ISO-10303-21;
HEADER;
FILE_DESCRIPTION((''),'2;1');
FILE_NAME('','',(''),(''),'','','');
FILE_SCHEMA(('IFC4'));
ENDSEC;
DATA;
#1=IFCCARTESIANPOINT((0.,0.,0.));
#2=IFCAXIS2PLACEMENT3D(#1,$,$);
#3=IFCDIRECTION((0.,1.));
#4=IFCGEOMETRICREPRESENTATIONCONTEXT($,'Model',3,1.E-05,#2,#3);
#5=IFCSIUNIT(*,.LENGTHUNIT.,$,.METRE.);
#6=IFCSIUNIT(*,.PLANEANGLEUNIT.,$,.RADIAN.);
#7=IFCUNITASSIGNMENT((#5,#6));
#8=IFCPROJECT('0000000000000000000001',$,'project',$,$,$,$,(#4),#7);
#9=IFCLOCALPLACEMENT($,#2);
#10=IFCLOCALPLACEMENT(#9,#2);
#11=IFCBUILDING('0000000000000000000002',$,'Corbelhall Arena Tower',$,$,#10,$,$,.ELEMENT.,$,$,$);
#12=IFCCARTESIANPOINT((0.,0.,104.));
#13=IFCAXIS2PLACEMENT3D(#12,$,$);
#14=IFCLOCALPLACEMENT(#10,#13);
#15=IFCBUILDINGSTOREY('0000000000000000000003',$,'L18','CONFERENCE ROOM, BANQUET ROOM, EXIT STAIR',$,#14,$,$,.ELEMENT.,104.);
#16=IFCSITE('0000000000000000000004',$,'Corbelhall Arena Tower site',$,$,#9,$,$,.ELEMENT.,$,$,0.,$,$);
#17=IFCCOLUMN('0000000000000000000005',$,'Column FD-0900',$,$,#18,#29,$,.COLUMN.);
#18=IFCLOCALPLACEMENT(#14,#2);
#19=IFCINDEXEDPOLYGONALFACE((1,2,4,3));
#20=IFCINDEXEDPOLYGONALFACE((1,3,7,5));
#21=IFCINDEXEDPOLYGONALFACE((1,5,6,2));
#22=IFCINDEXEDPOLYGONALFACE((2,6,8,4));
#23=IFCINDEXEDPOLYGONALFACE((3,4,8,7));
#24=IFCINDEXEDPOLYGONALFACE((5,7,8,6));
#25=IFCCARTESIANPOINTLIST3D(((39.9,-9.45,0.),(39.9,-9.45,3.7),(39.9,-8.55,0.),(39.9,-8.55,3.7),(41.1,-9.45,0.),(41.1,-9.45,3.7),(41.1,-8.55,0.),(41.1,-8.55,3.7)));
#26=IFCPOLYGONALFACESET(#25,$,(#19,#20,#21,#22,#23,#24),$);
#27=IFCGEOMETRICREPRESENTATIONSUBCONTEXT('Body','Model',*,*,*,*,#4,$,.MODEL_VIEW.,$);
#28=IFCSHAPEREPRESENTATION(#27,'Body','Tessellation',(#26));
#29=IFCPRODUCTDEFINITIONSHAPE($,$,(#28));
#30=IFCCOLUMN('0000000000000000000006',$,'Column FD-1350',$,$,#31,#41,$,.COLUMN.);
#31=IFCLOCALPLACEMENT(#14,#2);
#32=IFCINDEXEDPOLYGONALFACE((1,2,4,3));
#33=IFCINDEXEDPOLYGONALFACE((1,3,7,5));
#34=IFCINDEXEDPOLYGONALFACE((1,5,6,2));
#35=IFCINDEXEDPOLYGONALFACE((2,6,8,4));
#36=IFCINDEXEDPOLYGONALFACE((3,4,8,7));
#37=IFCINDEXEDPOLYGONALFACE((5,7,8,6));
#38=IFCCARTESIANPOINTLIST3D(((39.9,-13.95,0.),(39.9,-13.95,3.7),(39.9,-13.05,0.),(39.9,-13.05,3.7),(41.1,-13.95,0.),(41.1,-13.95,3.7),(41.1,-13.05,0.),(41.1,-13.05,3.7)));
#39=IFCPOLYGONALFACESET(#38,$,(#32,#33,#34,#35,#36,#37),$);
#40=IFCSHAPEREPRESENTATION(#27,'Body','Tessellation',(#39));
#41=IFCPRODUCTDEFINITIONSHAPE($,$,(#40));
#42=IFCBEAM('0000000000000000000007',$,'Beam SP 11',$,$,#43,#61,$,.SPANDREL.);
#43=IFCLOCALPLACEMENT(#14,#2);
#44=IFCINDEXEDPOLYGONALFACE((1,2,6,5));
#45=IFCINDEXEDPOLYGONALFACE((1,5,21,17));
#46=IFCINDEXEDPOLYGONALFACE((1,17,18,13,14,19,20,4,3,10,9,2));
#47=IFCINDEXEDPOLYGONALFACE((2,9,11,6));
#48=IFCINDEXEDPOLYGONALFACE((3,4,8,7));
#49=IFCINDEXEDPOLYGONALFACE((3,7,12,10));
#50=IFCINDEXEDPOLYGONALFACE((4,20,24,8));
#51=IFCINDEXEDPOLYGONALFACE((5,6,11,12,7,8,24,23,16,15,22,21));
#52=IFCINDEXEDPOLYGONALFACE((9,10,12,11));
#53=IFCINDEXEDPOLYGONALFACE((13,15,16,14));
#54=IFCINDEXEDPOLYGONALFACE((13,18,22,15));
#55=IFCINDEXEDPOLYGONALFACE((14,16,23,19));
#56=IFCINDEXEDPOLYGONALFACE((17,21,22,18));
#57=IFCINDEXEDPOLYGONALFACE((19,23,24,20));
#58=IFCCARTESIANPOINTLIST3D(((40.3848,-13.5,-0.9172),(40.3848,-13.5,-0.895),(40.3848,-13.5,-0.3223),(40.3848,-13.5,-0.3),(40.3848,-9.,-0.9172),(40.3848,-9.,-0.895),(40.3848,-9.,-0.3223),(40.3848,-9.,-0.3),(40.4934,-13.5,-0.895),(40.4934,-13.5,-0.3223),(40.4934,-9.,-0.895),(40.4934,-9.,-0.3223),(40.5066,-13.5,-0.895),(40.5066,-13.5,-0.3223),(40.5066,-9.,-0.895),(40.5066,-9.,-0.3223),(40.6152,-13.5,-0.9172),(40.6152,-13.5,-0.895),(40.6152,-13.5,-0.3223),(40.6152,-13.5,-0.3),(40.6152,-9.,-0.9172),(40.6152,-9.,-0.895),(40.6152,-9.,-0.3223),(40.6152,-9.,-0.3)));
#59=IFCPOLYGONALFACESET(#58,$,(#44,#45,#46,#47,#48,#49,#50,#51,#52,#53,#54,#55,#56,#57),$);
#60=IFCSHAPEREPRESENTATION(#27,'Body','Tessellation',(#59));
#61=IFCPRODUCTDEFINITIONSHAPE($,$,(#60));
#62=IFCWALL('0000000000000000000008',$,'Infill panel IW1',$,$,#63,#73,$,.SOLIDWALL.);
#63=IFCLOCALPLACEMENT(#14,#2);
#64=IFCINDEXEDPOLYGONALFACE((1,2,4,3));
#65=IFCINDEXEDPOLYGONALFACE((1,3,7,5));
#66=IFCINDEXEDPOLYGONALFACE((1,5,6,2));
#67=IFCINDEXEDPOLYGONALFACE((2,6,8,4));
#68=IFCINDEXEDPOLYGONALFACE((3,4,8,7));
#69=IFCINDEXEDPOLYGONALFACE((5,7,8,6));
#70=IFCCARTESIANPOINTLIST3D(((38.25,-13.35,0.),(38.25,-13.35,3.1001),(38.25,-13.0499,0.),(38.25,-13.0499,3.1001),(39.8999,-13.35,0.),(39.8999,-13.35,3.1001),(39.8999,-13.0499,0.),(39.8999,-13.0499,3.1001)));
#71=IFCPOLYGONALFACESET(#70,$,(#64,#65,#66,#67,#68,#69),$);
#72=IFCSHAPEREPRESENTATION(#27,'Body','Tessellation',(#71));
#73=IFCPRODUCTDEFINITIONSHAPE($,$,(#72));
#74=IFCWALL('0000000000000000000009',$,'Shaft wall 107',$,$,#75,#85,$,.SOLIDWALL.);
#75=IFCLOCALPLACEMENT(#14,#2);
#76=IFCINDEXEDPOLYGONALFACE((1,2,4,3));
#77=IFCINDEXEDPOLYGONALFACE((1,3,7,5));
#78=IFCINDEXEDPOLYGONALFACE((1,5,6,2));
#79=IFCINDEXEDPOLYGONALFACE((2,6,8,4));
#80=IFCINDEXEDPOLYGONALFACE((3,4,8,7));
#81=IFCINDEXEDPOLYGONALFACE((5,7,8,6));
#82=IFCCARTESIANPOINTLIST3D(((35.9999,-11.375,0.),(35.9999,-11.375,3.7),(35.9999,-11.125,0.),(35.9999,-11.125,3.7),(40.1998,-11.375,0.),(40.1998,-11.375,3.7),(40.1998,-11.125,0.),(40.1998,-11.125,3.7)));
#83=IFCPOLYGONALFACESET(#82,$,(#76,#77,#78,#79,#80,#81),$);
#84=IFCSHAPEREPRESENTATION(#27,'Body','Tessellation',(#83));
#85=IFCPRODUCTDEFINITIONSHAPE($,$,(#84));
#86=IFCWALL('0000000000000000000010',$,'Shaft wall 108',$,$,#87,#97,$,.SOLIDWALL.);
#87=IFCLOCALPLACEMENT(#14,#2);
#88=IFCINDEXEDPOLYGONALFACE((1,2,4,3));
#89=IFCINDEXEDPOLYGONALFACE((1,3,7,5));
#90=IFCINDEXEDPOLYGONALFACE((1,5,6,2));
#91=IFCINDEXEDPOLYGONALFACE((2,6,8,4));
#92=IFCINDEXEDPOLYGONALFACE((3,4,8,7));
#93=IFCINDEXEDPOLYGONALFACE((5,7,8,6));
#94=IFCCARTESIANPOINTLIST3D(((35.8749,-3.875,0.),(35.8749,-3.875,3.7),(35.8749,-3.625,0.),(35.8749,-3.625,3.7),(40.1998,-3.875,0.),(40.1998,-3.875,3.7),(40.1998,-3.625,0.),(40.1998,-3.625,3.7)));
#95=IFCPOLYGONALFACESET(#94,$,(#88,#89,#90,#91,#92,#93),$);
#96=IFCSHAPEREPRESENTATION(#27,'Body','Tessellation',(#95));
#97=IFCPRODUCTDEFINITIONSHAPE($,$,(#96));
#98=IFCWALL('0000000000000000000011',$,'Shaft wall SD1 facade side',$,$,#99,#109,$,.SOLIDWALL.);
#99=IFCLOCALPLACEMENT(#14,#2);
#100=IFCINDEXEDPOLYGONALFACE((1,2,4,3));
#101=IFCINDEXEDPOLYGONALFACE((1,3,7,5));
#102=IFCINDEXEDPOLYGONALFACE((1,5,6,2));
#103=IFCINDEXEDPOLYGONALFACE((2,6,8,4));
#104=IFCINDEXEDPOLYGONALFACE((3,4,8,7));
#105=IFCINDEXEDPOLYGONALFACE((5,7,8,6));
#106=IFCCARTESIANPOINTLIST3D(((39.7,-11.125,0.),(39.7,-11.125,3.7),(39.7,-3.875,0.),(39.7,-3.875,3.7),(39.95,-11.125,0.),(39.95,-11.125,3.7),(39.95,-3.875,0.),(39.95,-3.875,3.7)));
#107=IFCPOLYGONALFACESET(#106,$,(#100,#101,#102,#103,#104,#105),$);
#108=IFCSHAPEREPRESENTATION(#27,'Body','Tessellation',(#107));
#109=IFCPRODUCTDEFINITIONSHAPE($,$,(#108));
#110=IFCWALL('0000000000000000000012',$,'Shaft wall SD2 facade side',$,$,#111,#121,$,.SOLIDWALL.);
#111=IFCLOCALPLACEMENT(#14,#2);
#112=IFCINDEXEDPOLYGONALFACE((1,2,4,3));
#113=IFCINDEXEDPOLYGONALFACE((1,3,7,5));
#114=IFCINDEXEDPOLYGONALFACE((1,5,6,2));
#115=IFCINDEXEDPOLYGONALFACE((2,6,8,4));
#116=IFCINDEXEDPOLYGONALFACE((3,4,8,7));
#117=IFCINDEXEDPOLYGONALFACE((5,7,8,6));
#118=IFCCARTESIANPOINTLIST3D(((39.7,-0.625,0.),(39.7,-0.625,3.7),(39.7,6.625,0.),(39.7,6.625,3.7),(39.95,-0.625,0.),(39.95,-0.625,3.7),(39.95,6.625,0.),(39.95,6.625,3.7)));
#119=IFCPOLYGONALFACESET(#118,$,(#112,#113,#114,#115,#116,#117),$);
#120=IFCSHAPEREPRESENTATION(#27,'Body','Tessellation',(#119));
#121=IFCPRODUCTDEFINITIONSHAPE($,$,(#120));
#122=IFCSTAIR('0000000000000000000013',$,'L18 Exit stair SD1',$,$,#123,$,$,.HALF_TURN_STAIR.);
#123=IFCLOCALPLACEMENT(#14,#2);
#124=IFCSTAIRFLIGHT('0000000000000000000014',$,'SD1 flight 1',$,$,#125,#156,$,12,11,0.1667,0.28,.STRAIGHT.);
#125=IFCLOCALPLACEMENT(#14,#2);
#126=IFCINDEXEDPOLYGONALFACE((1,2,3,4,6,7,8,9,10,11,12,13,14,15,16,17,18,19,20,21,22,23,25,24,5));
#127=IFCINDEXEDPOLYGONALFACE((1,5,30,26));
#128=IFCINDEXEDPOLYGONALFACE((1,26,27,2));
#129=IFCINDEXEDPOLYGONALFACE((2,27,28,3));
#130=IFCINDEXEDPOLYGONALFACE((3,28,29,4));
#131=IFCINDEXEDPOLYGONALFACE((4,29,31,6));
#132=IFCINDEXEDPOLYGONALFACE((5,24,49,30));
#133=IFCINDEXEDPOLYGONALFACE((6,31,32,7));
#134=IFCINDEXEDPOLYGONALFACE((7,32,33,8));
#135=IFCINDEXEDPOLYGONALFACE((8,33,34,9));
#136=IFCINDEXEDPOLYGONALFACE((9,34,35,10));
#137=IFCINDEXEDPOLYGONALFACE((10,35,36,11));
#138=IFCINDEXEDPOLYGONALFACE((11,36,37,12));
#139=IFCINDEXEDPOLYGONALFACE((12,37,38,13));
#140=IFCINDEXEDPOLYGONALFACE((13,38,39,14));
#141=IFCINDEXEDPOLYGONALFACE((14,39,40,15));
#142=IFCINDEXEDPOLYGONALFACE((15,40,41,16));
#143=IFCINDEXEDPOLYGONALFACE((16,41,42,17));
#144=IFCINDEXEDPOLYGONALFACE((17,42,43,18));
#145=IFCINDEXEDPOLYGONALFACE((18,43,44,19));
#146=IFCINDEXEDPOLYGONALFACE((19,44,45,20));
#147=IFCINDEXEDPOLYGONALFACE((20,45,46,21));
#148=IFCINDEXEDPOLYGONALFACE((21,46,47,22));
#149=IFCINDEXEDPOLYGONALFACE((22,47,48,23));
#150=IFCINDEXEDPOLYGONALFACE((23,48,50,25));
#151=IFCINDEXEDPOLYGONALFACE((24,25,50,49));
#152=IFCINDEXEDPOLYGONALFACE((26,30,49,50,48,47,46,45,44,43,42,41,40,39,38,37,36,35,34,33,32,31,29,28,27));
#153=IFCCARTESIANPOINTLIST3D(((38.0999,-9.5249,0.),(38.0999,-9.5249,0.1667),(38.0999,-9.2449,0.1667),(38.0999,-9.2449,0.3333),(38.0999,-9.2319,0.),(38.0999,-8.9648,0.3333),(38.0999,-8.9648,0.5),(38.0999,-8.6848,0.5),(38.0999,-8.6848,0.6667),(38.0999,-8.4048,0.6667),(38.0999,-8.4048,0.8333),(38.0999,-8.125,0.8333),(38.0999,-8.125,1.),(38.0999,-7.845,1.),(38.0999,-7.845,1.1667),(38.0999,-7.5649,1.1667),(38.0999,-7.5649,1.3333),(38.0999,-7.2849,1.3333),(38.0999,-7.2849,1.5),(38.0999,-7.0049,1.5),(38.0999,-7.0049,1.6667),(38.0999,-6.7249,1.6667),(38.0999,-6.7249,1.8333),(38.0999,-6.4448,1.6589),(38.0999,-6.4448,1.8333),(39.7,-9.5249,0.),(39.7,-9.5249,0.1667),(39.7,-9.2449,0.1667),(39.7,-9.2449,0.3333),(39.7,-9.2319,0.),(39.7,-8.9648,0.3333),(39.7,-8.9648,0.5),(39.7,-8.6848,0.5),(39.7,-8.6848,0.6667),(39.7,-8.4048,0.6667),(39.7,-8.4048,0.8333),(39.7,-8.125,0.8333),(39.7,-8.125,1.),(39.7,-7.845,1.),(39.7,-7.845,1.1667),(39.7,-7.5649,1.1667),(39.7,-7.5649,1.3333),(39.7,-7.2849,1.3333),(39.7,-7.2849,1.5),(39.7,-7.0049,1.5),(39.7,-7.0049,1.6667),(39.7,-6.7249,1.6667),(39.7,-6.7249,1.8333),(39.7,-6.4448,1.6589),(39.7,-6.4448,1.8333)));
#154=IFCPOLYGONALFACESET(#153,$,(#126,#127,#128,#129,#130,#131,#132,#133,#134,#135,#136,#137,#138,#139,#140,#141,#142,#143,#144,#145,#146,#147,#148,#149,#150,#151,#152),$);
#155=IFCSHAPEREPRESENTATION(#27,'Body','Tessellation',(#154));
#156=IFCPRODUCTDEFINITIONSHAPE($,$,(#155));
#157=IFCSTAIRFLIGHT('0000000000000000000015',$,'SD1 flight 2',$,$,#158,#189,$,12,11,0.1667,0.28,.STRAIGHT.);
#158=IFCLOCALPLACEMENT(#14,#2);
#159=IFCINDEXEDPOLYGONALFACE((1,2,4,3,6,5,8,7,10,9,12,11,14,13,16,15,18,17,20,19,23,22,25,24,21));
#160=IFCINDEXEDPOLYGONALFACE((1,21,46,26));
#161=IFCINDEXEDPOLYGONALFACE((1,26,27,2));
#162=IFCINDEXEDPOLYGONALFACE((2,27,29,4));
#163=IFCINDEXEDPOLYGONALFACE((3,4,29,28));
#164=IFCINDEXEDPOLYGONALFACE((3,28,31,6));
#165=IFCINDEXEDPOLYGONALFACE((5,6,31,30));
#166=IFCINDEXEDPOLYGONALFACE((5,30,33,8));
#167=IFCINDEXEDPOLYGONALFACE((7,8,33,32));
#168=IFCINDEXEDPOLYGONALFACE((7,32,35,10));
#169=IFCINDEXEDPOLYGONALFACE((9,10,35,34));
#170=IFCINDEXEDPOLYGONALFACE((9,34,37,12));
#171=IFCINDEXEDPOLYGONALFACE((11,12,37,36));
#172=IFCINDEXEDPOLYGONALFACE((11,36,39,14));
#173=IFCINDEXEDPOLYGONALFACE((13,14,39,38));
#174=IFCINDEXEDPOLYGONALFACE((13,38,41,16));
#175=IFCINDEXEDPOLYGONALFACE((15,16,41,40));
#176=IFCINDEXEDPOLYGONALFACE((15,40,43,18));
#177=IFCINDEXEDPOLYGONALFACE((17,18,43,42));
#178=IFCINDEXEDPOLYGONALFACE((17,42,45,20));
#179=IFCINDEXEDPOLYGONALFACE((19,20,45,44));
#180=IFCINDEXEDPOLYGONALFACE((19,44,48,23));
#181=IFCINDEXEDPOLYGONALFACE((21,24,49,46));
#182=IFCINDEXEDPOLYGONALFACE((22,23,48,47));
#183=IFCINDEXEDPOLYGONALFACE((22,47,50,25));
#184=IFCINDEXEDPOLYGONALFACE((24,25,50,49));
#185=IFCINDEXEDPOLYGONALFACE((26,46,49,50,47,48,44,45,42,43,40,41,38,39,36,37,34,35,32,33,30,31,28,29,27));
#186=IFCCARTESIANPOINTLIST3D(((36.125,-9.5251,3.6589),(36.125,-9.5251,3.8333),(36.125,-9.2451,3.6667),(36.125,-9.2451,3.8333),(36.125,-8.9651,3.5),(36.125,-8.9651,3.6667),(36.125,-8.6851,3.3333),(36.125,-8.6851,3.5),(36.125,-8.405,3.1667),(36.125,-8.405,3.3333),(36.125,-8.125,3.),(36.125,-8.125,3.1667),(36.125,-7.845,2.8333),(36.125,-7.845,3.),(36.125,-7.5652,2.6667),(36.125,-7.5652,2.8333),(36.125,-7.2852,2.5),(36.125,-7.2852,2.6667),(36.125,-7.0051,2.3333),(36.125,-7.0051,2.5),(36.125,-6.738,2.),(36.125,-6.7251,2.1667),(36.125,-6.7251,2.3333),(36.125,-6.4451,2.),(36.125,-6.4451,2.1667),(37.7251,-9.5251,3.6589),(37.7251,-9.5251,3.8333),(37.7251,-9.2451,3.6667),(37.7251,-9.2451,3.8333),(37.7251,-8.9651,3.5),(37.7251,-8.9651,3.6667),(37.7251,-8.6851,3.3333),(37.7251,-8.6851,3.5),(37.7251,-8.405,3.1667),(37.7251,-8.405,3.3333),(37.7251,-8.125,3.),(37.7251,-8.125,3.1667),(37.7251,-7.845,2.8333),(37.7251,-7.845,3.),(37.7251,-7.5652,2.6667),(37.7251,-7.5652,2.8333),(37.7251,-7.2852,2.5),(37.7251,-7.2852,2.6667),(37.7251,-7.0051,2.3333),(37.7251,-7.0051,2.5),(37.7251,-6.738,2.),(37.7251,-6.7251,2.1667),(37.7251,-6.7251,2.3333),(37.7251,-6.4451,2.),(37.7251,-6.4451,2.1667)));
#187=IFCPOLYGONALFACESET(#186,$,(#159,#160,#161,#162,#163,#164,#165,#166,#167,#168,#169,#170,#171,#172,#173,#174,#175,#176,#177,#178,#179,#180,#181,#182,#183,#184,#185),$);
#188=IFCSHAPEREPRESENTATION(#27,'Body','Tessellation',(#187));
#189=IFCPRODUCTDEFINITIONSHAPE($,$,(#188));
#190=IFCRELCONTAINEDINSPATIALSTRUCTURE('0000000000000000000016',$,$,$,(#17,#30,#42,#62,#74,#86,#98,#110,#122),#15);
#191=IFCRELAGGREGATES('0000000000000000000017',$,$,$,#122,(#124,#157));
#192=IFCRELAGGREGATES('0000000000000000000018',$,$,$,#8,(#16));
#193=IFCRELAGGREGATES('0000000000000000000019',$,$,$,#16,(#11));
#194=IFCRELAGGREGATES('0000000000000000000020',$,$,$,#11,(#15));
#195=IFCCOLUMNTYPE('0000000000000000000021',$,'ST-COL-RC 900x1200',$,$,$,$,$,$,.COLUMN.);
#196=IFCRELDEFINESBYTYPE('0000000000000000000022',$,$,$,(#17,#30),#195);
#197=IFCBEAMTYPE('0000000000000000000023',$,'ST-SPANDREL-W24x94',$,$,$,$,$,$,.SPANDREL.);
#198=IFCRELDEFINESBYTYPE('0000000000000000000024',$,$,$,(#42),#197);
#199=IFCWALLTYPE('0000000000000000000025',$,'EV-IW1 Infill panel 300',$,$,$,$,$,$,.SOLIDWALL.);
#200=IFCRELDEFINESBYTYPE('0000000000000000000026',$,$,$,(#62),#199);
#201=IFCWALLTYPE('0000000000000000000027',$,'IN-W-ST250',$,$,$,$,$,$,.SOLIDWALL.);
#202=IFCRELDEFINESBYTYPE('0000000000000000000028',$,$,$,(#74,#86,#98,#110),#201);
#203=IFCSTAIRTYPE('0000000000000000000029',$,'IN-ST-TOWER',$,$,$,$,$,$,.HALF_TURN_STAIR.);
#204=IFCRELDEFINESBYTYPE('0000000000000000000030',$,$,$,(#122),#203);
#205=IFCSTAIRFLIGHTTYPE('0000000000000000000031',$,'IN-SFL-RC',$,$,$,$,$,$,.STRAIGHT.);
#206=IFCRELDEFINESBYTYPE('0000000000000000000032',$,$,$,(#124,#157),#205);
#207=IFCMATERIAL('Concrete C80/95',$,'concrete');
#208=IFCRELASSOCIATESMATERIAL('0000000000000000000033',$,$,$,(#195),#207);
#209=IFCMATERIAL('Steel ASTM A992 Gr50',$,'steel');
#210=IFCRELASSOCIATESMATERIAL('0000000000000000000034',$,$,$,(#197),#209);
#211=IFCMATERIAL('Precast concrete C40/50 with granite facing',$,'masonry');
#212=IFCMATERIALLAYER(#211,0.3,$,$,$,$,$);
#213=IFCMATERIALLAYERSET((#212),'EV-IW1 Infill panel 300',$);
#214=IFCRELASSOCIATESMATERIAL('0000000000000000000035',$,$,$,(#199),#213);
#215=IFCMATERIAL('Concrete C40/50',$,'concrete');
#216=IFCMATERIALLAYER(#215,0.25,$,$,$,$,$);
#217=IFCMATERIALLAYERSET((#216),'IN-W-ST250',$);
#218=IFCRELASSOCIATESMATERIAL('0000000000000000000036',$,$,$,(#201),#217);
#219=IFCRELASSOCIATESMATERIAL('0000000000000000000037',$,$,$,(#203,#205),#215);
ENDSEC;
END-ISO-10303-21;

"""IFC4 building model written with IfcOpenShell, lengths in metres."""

from ifc_helpers import new_model, si_unit, direction, frame, frame_2d, origin, origin_2d, place, context, subcontext, project, spatial, polyline, rectangle, i_section, outline, extrude, material, layer, layer_set, material_profile, profile_set, type_object, element, aggregate, save


model = new_model("IFC4")

# Units and contexts
model_context = context("Model", 3, precision=1e-05, world=origin(), true_north=direction((0.0, 1.0)))
body_context = subcontext(model_context, "Body", "Model", "MODEL_VIEW")
ifc_project = project(units=[si_unit("LENGTHUNIT", "METRE"), si_unit("PLANEANGLEUNIT", "RADIAN")], contexts=[model_context])

# Site, building, storey
site_placement = place(None, origin())
site = spatial("IfcSite", under=ifc_project, at=site_placement, Name="Corbelhall Arena Tower site", CompositionType="ELEMENT", RefElevation=0.0)
building_placement = place(site_placement, origin())
building = spatial("IfcBuilding", under=site, at=building_placement, Name="Corbelhall Arena Tower", CompositionType="ELEMENT")
storey_placement = place(building_placement, frame((0.0, 0.0, 104.0)))
storey = spatial("IfcBuildingStorey", under=building, at=storey_placement, Name="L18", Description="CONFERENCE ROOM, BANQUET ROOM, EXIT STAIR", CompositionType="ELEMENT", Elevation=104.0)

# Columns
ifc_material_1 = material(Name="Concrete C80/95", Category="concrete")
ifc_material_profile_1 = material_profile(ifc_material_1, rectangle(XDim=0.8999, YDim=1.2, at=origin_2d()))
ifc_profile_set_1 = profile_set([ifc_material_profile_1], Name="Concrete C80/95")
column_type = type_object("IfcColumnType", Name="ST-COL-RC 900x1200", PredefinedType="COLUMN", material=ifc_profile_set_1)
for number, where, z_axis, x_axis, name in (
    (1, (40.5, -9.0, 0.0), (0.0, 0.0, 1.0), (0.0, 1.0, 0.0), "Column FD-0900"),
    (2, (40.5, -13.5, 0.0), (0.0, 0.0, 1.0), (0.0, 1.0, 0.0), "Column FD-1350"),
):
    element("IfcColumn", number, at=place(storey_placement, frame(where, z_axis=z_axis, x_axis=x_axis)), inside=storey, type_object=column_type, Name=name, PredefinedType="COLUMN", context=body_context, shape_type="SweptSolid", body=[
        extrude(rectangle(XDim=0.8999, YDim=1.2, at=origin_2d()), origin(), (0.0, 0.0, 1.0), 3.7),
    ])

# Beam
ifc_material_2 = material(Name="Steel ASTM A992 Gr50", Category="steel")
ifc_material_profile_2 = material_profile(ifc_material_2, i_section(OverallWidth=0.2305, OverallDepth=0.6172, WebThickness=0.0132, FlangeThickness=0.0222, at=origin_2d()))
ifc_profile_set_2 = profile_set([ifc_material_profile_2], Name="Steel ASTM A992 Gr50")
beam_type = type_object("IfcBeamType", Name="ST-SPANDREL-W24x94", PredefinedType="SPANDREL", material=ifc_profile_set_2)
beam_placement = place(storey_placement, frame((40.5, -9.0, -0.6086), z_axis=(0.0, -1.0, 0.0), x_axis=(1.0, 0.0, 0.0)))
element("IfcBeam", 3, at=beam_placement, inside=storey, type_object=beam_type, Name="Beam SP 11", PredefinedType="SPANDREL", context=body_context, shape_type="SweptSolid", body=[
    extrude(i_section(OverallWidth=0.2305, OverallDepth=0.6172, WebThickness=0.0132, FlangeThickness=0.0222, at=origin_2d()), origin(), (0.0, 0.0, 1.0), 4.5),
])

# Wall
ifc_material_3 = material(Name="Precast concrete C40/50 with granite facing", Category="masonry")
ifc_layer_1 = layer(ifc_material_3, 0.3)
ifc_layer_set_1 = layer_set([ifc_layer_1], Name="EV-IW1 Infill panel 300")
wall_type_1 = type_object("IfcWallType", Name="EV-IW1 Infill panel 300", PredefinedType="SOLIDWALL", material=ifc_layer_set_1)
wall_1_placement = place(storey_placement, frame((39.8999, -13.2, 0.0), z_axis=(0.0, 0.0, 1.0), x_axis=(-1.0, 0.0, 0.0)))
element("IfcWall", 4, at=wall_1_placement, inside=storey, type_object=wall_type_1, Name="Infill panel IW1", PredefinedType="SOLIDWALL", context=body_context, shape_type="SweptSolid", body=[
    extrude(rectangle(XDim=1.6499, YDim=0.3, at=frame_2d((0.825, 0.0))), origin(), (0.0, 0.0, 1.0), 3.1001),
])

# Walls
ifc_material_4 = material(Name="Concrete C40/50", Category="concrete")
ifc_layer_2 = layer(ifc_material_4, 0.25)
ifc_layer_set_2 = layer_set([ifc_layer_2], Name="IN-W-ST250")
wall_type_2 = type_object("IfcWallType", Name="IN-W-ST250", PredefinedType="SOLIDWALL", material=ifc_layer_set_2)
wall_2_placement = place(storey_placement, frame((40.2, -11.25, 0.0), z_axis=(0.0, 0.0, 1.0), x_axis=(-1.0, 0.0, 0.0)))
element("IfcWall", 5, at=wall_2_placement, inside=storey, type_object=wall_type_2, Name="Shaft wall 107", PredefinedType="SOLIDWALL", context=body_context, shape_type="SweptSolid", body=[
    extrude(rectangle(XDim=4.2, YDim=0.25, at=frame_2d((2.1001, 0.0))), origin(), (0.0, 0.0, 1.0), 3.7),
])
wall_3_placement = place(storey_placement, frame((40.2, -3.75, 0.0), z_axis=(0.0, 0.0, 1.0), x_axis=(-1.0, 0.0, 0.0)))
element("IfcWall", 6, at=wall_3_placement, inside=storey, type_object=wall_type_2, Name="Shaft wall 108", PredefinedType="SOLIDWALL", context=body_context, shape_type="SweptSolid", body=[
    extrude(rectangle(XDim=4.325, YDim=0.25, at=frame_2d((2.1626, 0.0))), origin(), (0.0, 0.0, 1.0), 3.7),
])
for number, where, z_axis, x_axis, name in (
    (7, (39.825, -11.125, 0.0), (0.0, 0.0, 1.0), (0.0, 1.0, 0.0), "Shaft wall SD1 facade side"),
    (8, (39.825, -0.625, 0.0), (0.0, 0.0, 1.0), (0.0, 1.0, 0.0), "Shaft wall SD2 facade side"),
):
    element("IfcWall", number, at=place(storey_placement, frame(where, z_axis=z_axis, x_axis=x_axis)), inside=storey, type_object=wall_type_2, Name=name, PredefinedType="SOLIDWALL", context=body_context, shape_type="SweptSolid", body=[
        extrude(rectangle(XDim=7.25, YDim=0.25, at=frame_2d((3.625, 0.0))), origin(), (0.0, 0.0, 1.0), 3.7),
    ])

# Stair, stair flights
stair_type = type_object("IfcStairType", Name="IN-ST-TOWER", PredefinedType="HALF_TURN_STAIR", material=ifc_material_4)
stair_placement = place(storey_placement, origin())
stair = element("IfcStair", 9, at=stair_placement, inside=storey, type_object=stair_type, Name="L18 Exit stair SD1", PredefinedType="HALF_TURN_STAIR")
stair_flight_type = type_object("IfcStairFlightType", Name="IN-SFL-RC", PredefinedType="STRAIGHT", material=ifc_material_4)
stair_flight_1_placement = place(storey_placement, frame((38.8999, -9.5249, 0.0), z_axis=(0.0, 0.0, 1.0), x_axis=(0.0, 1.0, 0.0)))
stair_flight_1 = element("IfcStairFlight", 10, at=stair_flight_1_placement, type_object=stair_flight_type, Name="SD1 flight 1", NumberOfRisers=12, NumberOfTreads=11, PredefinedType="STRAIGHT", RiserHeight=0.1667, TreadLength=0.28, context=body_context, shape_type="SweptSolid", body=[
    extrude(outline(polyline([(0.0, 0.0), (0.0, 0.1667), (0.28, 0.1667), (0.28, 0.3333), (0.5601, 0.3333), (0.5601, 0.5), (0.8401, 0.5), (0.8401, 0.6667), (1.1201, 0.6667), (1.1201, 0.8333), (1.3999, 0.8333), (1.3999, 1.0), (1.6799, 1.0), (1.6799, 1.1667), (1.96, 1.1667), (1.96, 1.3333), (2.24, 1.3333), (2.24, 1.5), (2.52, 1.5), (2.52, 1.6667), (2.8, 1.6667), (2.8, 1.8333), (3.0801, 1.8333), (3.0801, 2.0), (3.0801, 1.6589), (0.293, 0.0), (0.0, 0.0)])), frame((0.0, 0.8, 0.0), z_axis=(0.0, -1.0, 0.0), x_axis=(1.0, 0.0, 0.0)), (0.0, 0.0, 1.0), 1.6001),
])
stair_flight_2_placement = place(storey_placement, frame((36.925, -6.4451, 2.0), z_axis=(0.0, 0.0, 1.0), x_axis=(0.0, -1.0, 0.0)))
stair_flight_2 = element("IfcStairFlight", 11, at=stair_flight_2_placement, type_object=stair_flight_type, Name="SD1 flight 2", NumberOfRisers=12, NumberOfTreads=11, PredefinedType="STRAIGHT", RiserHeight=0.1667, TreadLength=0.28, context=body_context, shape_type="SweptSolid", body=[
    extrude(outline(polyline([(0.0, 0.0), (0.0, 0.1667), (0.28, 0.1667), (0.28, 0.3333), (0.5601, 0.3333), (0.5601, 0.5), (0.8401, 0.5), (0.8401, 0.6667), (1.1201, 0.6667), (1.1201, 0.8333), (1.3999, 0.8333), (1.3999, 1.0), (1.6799, 1.0), (1.6799, 1.1667), (1.96, 1.1667), (1.96, 1.3333), (2.24, 1.3333), (2.24, 1.5), (2.52, 1.5), (2.52, 1.6667), (2.8, 1.6667), (2.8, 1.8333), (3.0801, 1.8333), (3.0801, 2.0), (3.0801, 1.6589), (0.293, 0.0), (0.0, 0.0)])), frame((0.0, 0.8, 0.0), z_axis=(0.0, -1.0, 0.0), x_axis=(1.0, 0.0, 0.0)), (0.0, 0.0, 1.0), 1.6001),
])
aggregate(stair, [stair_flight_1, stair_flight_2])

save(model, "model.ifc")
